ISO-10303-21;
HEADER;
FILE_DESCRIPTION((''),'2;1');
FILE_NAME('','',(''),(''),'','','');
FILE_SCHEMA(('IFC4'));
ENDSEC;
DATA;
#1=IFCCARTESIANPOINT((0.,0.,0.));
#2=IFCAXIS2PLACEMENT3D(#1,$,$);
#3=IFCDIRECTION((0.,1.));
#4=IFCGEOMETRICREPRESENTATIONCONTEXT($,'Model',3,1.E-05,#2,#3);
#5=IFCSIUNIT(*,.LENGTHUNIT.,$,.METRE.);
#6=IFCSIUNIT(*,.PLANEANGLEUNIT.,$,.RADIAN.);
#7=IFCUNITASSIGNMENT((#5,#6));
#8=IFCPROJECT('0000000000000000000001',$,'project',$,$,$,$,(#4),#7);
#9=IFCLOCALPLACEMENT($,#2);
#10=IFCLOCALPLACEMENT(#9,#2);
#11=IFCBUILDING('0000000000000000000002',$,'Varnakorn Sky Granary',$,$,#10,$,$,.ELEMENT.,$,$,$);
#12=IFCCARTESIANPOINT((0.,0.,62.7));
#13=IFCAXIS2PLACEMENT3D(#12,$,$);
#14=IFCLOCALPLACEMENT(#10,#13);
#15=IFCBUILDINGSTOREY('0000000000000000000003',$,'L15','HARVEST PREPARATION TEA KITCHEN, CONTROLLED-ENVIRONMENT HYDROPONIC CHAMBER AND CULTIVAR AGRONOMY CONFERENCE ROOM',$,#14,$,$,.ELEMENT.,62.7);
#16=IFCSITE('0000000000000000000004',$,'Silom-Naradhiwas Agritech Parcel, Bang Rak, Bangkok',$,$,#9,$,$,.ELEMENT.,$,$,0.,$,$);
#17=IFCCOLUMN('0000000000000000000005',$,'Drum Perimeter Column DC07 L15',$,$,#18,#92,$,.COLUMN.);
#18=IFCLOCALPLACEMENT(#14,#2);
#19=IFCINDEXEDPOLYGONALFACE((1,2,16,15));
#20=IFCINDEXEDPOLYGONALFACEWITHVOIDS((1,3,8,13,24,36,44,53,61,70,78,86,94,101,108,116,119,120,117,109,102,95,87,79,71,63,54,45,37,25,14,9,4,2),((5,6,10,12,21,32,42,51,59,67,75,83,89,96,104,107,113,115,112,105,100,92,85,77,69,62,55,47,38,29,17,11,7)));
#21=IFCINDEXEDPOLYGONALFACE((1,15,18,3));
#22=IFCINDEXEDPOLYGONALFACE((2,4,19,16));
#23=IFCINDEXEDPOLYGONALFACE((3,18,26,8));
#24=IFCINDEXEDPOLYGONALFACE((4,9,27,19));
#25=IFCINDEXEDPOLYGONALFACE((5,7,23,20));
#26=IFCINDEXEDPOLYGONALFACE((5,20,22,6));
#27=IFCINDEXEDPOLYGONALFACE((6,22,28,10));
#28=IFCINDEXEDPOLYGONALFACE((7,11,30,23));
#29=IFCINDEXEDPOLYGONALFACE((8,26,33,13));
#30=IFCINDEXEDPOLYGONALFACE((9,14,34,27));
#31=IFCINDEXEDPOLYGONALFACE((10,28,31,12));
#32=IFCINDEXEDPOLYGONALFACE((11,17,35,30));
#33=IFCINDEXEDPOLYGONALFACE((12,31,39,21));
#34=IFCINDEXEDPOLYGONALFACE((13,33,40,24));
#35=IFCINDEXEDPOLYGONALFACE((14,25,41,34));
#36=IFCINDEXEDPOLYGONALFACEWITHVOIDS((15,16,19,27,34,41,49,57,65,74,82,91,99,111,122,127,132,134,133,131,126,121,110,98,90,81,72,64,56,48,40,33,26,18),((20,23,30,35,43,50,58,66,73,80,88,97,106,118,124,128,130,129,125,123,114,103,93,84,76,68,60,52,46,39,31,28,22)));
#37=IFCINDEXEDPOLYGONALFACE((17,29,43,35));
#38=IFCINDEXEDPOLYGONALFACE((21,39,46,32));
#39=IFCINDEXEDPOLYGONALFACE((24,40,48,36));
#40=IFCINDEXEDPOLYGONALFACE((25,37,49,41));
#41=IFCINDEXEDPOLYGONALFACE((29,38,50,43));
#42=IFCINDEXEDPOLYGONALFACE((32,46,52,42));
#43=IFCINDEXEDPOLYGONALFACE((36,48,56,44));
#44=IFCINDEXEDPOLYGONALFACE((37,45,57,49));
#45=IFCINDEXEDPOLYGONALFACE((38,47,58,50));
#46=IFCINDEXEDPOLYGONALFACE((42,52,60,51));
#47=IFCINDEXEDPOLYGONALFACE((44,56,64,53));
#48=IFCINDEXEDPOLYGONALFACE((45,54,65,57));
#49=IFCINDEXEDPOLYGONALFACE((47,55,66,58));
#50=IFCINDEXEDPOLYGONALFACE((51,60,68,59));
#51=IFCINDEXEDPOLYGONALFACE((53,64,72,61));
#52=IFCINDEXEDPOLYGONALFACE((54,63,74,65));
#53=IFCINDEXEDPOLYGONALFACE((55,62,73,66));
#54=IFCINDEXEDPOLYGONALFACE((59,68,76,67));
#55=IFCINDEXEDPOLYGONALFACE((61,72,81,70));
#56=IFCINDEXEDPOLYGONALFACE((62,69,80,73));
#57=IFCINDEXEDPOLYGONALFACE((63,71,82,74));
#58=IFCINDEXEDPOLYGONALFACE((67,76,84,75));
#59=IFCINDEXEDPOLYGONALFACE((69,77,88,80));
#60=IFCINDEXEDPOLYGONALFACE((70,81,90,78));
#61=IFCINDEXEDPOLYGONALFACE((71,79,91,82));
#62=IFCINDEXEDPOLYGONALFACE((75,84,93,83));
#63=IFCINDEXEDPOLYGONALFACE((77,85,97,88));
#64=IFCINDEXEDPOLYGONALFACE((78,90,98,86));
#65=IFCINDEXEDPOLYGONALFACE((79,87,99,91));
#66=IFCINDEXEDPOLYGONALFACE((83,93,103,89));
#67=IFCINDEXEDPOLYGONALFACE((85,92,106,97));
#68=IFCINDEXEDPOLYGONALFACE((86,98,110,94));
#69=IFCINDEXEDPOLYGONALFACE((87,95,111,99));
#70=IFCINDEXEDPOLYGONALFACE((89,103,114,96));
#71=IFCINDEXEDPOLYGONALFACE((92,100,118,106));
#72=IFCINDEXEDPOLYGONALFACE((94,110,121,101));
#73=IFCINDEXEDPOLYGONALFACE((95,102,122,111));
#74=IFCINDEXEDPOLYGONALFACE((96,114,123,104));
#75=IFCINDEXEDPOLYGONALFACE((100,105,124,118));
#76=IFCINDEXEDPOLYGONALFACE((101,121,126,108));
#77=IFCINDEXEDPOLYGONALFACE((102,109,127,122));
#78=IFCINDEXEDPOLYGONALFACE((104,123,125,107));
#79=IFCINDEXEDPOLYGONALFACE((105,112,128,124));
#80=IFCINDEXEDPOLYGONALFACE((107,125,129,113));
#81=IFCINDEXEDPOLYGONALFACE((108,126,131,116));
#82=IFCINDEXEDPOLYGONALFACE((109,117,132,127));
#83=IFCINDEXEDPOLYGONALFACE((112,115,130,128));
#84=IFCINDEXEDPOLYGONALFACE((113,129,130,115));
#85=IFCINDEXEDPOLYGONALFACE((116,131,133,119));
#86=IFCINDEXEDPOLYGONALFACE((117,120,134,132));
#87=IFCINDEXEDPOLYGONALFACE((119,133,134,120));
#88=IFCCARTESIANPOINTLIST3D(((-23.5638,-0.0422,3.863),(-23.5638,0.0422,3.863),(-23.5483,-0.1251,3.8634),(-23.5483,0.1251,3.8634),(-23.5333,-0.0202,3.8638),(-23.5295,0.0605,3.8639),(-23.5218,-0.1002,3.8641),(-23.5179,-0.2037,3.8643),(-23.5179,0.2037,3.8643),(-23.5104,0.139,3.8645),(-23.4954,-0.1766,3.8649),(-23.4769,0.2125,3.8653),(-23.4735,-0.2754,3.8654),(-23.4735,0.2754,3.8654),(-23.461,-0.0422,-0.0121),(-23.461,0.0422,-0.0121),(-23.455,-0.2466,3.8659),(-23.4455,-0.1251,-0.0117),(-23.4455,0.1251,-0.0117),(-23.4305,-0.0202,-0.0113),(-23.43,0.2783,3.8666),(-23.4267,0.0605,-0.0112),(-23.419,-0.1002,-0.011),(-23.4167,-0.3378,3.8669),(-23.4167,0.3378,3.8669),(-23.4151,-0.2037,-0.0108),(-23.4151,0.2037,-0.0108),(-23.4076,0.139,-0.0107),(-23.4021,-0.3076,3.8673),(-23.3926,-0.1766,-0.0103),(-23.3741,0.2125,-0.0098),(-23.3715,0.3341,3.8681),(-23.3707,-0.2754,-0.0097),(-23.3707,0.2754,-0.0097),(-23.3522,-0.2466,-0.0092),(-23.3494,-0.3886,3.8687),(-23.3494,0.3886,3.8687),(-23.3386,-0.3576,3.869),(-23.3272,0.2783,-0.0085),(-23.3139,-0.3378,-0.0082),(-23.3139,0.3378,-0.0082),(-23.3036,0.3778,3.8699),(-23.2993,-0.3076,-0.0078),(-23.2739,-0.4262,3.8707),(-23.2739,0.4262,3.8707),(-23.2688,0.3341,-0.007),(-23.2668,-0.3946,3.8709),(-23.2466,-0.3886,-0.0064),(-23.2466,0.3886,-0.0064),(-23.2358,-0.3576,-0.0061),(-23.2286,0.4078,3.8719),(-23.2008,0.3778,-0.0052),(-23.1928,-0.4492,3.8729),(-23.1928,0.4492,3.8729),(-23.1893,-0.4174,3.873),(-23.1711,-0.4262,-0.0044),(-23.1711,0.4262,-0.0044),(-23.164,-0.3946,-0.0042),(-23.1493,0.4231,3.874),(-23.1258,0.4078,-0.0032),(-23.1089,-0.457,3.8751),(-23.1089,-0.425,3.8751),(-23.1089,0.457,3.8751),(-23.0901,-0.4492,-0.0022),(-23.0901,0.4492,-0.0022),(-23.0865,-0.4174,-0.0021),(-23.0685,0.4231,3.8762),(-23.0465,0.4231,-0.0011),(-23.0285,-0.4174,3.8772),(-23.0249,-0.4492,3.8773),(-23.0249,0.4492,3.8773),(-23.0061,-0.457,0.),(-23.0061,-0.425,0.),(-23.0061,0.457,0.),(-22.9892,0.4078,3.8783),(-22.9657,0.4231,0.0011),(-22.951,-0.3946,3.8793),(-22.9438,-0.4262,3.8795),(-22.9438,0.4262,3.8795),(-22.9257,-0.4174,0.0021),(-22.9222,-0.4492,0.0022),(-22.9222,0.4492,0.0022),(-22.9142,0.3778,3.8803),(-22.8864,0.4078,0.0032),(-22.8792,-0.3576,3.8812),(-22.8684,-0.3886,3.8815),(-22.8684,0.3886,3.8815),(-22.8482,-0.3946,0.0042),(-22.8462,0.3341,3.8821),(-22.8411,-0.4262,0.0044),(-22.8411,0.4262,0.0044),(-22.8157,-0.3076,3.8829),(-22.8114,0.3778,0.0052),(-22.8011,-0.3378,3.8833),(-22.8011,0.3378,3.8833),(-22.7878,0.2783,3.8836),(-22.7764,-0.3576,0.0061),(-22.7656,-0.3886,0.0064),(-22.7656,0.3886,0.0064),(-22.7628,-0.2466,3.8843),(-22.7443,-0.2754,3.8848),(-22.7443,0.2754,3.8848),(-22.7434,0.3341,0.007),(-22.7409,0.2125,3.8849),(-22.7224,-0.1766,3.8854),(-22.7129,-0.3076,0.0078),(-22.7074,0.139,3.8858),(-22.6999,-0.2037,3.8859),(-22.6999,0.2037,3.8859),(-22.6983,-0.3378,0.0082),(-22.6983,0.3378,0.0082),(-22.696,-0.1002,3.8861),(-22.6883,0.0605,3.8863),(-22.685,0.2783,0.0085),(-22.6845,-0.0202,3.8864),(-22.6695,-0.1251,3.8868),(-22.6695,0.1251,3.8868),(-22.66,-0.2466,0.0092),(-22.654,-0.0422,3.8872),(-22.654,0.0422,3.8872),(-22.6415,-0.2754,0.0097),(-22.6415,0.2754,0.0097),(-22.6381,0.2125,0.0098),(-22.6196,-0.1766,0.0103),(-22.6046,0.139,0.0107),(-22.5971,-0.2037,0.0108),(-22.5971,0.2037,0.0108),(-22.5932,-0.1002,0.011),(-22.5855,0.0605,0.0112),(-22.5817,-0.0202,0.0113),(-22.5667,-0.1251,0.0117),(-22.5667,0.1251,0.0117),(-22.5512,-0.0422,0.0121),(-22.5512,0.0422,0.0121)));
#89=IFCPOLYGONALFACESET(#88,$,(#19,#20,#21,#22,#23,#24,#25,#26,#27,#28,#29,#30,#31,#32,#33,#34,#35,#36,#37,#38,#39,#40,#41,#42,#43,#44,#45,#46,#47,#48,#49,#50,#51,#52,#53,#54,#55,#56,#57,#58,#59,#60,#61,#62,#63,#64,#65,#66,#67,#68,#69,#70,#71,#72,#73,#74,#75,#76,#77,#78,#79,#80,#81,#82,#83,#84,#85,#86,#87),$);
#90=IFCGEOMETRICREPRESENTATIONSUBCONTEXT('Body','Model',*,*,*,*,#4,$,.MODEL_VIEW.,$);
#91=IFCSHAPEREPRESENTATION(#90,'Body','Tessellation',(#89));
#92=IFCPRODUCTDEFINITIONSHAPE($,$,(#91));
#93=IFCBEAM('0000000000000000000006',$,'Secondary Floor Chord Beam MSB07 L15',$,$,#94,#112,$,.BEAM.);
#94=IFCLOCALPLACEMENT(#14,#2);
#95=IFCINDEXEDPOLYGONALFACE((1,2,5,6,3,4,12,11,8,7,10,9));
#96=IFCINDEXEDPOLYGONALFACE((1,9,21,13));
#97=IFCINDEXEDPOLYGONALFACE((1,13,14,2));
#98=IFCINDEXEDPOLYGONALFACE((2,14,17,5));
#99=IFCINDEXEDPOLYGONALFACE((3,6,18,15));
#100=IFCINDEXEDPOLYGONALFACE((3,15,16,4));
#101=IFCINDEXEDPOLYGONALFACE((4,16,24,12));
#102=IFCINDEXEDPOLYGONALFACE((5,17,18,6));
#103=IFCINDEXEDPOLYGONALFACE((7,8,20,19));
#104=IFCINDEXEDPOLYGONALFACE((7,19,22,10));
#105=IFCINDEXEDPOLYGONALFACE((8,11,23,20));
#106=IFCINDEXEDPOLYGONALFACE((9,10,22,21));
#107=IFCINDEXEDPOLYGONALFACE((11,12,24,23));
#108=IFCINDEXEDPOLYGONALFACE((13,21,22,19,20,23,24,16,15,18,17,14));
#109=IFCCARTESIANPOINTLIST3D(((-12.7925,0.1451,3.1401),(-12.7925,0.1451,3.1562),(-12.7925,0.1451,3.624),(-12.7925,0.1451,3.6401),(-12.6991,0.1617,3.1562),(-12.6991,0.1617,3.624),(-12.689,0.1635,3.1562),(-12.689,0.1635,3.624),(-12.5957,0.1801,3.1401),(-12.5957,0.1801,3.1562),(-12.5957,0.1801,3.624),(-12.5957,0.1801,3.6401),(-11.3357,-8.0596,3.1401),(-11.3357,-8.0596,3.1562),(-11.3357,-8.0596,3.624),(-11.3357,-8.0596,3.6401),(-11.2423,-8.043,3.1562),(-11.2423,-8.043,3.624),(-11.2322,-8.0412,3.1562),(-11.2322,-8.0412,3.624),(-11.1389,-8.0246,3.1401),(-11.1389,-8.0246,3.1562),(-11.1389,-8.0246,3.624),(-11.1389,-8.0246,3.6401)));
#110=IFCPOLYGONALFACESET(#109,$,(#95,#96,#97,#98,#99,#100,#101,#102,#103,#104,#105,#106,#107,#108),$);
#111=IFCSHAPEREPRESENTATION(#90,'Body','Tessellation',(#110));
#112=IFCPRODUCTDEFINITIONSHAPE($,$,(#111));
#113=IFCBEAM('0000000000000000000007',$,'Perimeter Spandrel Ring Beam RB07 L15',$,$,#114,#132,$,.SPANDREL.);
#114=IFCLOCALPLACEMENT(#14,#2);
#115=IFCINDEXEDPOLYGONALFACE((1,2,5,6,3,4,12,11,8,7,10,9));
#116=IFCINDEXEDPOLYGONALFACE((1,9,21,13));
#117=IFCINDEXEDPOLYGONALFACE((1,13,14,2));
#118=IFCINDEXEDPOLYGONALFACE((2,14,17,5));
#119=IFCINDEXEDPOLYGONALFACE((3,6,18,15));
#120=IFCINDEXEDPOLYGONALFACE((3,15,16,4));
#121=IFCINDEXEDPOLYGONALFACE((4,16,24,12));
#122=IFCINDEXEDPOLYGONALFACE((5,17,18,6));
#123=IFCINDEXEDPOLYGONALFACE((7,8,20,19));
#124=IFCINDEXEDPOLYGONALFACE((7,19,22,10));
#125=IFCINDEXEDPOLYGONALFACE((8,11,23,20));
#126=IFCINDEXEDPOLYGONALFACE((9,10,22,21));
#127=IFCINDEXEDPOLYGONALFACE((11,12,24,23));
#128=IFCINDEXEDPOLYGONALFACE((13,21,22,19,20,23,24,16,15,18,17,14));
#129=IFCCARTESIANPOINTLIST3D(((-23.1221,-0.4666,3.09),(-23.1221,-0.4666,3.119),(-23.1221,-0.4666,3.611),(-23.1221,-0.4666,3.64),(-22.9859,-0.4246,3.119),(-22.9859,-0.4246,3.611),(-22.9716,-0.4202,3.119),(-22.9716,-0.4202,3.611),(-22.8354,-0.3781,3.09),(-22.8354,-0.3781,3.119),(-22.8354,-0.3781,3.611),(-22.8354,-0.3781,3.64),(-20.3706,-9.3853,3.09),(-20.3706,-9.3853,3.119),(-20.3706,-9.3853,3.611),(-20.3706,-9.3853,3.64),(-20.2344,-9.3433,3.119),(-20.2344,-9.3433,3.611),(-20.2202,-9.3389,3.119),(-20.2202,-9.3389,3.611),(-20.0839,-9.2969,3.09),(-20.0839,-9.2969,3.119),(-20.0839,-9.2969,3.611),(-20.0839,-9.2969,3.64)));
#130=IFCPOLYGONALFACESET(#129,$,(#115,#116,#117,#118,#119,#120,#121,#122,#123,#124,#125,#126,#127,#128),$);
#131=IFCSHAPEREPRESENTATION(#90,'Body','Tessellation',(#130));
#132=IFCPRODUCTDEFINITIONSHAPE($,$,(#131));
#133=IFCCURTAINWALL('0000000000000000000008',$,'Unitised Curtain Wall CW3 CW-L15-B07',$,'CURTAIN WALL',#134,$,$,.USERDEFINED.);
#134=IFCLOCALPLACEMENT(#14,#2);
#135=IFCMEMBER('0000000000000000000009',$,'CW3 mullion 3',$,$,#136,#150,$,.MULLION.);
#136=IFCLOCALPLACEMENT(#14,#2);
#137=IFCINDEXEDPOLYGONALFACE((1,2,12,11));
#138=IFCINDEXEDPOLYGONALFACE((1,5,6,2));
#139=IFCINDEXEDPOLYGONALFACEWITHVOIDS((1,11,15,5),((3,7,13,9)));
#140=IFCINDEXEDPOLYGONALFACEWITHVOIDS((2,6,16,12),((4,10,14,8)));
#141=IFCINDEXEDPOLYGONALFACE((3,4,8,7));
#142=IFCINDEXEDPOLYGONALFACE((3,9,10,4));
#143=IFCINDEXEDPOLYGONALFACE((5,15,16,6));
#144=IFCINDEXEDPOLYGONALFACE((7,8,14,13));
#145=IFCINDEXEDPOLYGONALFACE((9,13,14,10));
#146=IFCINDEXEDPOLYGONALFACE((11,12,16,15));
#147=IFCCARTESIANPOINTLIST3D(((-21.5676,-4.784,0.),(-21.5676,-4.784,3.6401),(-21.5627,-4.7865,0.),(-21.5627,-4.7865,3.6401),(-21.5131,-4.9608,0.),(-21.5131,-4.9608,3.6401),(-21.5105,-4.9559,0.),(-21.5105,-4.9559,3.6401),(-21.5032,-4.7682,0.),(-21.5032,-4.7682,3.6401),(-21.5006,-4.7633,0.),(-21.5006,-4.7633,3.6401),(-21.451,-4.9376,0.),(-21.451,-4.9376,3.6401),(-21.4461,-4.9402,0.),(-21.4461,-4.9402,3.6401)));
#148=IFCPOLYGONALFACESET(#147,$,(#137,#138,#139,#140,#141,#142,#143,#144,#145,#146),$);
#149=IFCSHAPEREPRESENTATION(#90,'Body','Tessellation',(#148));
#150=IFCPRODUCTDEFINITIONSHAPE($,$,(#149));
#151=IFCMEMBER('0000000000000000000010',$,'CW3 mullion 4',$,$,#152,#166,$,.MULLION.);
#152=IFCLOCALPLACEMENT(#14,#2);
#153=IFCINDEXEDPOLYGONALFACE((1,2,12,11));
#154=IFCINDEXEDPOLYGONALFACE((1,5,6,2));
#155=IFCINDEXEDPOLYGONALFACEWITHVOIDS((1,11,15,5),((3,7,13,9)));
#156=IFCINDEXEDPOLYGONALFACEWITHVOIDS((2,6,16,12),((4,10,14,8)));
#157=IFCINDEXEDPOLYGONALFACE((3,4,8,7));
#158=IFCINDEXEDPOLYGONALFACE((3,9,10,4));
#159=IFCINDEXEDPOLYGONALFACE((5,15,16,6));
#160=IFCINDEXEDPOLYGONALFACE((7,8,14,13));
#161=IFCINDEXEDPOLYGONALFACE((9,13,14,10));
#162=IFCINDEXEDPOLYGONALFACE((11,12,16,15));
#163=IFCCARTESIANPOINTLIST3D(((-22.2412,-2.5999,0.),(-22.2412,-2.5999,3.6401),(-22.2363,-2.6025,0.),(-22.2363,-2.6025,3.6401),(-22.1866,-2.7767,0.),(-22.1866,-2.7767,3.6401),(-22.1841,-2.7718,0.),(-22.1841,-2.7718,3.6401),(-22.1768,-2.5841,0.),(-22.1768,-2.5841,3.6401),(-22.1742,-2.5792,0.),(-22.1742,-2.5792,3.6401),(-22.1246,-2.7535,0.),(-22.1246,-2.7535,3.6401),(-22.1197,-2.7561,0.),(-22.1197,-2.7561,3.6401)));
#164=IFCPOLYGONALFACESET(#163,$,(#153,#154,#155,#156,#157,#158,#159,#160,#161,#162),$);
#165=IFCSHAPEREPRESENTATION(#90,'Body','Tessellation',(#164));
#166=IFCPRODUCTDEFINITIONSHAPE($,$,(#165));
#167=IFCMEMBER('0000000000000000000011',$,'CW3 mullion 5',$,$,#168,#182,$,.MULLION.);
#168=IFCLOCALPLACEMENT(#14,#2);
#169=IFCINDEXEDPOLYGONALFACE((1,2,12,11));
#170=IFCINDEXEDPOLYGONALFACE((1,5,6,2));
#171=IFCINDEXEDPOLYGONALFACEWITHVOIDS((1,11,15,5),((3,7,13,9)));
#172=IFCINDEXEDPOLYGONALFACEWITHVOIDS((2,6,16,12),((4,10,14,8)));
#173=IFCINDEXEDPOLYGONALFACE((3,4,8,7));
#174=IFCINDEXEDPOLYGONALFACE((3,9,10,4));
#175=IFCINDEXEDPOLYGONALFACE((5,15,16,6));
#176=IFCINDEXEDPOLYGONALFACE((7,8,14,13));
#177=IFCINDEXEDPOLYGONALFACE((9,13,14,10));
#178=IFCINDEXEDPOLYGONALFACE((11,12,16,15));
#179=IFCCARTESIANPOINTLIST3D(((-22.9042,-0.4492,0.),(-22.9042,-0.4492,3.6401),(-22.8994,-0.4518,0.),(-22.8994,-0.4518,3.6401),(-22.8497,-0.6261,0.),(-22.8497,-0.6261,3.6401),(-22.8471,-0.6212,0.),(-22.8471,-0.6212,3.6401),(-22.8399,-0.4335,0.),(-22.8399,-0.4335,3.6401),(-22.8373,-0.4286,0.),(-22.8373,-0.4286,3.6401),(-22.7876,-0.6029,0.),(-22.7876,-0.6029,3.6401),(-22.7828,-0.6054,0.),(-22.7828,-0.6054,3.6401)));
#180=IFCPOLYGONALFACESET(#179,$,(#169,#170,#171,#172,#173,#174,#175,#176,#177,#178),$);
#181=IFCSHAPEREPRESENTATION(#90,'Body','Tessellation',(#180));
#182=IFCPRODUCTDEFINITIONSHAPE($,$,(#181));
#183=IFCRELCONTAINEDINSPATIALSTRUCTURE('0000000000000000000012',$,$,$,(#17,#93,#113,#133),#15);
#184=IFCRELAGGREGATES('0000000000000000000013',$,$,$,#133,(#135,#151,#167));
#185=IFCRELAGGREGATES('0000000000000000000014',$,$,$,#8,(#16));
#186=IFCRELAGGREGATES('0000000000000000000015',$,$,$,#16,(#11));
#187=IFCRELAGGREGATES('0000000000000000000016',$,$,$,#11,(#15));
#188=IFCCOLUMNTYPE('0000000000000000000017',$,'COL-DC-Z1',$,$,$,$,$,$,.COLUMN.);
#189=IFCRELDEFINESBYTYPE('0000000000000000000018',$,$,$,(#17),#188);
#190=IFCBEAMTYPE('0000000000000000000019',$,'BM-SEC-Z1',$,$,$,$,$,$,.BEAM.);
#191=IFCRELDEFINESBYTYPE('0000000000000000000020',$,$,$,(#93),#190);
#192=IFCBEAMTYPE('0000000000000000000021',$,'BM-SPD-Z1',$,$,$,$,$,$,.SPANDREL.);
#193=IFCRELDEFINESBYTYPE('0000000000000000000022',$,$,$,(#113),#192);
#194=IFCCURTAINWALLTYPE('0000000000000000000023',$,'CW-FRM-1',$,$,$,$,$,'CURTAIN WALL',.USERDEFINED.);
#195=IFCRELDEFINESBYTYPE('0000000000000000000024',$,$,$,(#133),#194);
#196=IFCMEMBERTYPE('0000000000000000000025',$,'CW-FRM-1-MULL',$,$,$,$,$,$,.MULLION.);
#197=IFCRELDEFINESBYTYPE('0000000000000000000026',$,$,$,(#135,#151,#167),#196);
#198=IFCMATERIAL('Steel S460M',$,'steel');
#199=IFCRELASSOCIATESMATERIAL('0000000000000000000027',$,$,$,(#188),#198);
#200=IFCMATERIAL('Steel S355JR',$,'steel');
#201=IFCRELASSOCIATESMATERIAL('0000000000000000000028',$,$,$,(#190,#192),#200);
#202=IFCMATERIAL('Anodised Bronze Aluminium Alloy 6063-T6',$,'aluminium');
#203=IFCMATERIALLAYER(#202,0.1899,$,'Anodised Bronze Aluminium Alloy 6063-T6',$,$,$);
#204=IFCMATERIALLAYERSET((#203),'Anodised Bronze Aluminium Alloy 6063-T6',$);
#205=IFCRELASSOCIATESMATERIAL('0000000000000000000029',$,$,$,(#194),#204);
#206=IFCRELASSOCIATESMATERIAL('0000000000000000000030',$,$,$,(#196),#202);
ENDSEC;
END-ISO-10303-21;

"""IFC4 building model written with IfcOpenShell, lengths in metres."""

from ifc_helpers import new_model, si_unit, direction, frame, origin, origin_2d, place, context, subcontext, project, spatial, hollow_rectangle, hollow_circle, i_section, extrude, material, layer, layer_set, material_profile, profile_set, type_object, element, aggregate, save


model = new_model("IFC4")

# Units and contexts
model_context = context("Model", 3, precision=1e-05, world=origin(), true_north=direction((0.0, 1.0)))
body_context = subcontext(model_context, "Body", "Model", "MODEL_VIEW")
ifc_project = project(units=[si_unit("LENGTHUNIT", "METRE"), si_unit("PLANEANGLEUNIT", "RADIAN")], contexts=[model_context])

# Site, building, storey
site_placement = place(None, origin())
site = spatial("IfcSite", under=ifc_project, at=site_placement, Name="Silom-Naradhiwas Agritech Parcel, Bang Rak, Bangkok", CompositionType="ELEMENT", RefElevation=0.0)
building_placement = place(site_placement, origin())
building = spatial("IfcBuilding", under=site, at=building_placement, Name="Varnakorn Sky Granary", CompositionType="ELEMENT")
storey_placement = place(building_placement, frame((0.0, 0.0, 62.7)))
storey = spatial("IfcBuildingStorey", under=building, at=storey_placement, Name="L15", Description="HARVEST PREPARATION TEA KITCHEN, CONTROLLED-ENVIRONMENT HYDROPONIC CHAMBER AND CULTIVAR AGRONOMY CONFERENCE ROOM", CompositionType="ELEMENT", Elevation=62.7)

# Column
ifc_material_1 = material(Name="Steel S460M", Category="steel")
ifc_material_profile_1 = material_profile(ifc_material_1, hollow_circle(Radius=0.457, WallThickness=0.032, at=origin_2d()), Name="CHS 914x32")
ifc_profile_set_1 = profile_set([ifc_material_profile_1], Name="Steel S460M")
column_type = type_object("IfcColumnType", Name="COL-DC-Z1", PredefinedType="COLUMN", material=ifc_profile_set_1)
column_placement = place(storey_placement, frame((-23.0061, 0.0, 0.0), z_axis=(-0.026515, 0.0, 0.999648), x_axis=(0.0, -1.0, 0.0)))
element("IfcColumn", 1, at=column_placement, inside=storey, type_object=column_type, Name="Drum Perimeter Column DC07 L15", PredefinedType="COLUMN", context=body_context, shape_type="SweptSolid", body=[
    extrude(hollow_circle(Radius=0.457, WallThickness=0.032, at=origin_2d()), origin(), (0.0, 0.0, 1.0), 3.8765),
])

# Beams
ifc_material_2 = material(Name="Steel S355JR", Category="steel")
ifc_material_profile_2 = material_profile(ifc_material_2, i_section(OverallWidth=0.2, OverallDepth=0.5, WebThickness=0.0103, FlangeThickness=0.0161, at=origin_2d()), Name="IPE 500")
ifc_profile_set_2 = profile_set([ifc_material_profile_2], Name="Steel S355JR")
beam_type_1 = type_object("IfcBeamType", Name="BM-SEC-Z1", PredefinedType="BEAM", material=ifc_profile_set_2)
beam_1_placement = place(storey_placement, frame((-12.6941, 0.1626, 3.3901), z_axis=(0.174823, -0.9846, 0.0), x_axis=(0.9846, 0.174823, 0.0)))
element("IfcBeam", 2, at=beam_1_placement, inside=storey, type_object=beam_type_1, Name="Secondary Floor Chord Beam MSB07 L15", PredefinedType="BEAM", context=body_context, shape_type="SweptSolid", body=[
    extrude(i_section(OverallWidth=0.2, OverallDepth=0.5, WebThickness=0.0103, FlangeThickness=0.0161, at=origin_2d()), origin(), (0.0, 0.0, 1.0), 8.333),
])
ifc_material_profile_3 = material_profile(ifc_material_2, i_section(OverallWidth=0.3, OverallDepth=0.55, WebThickness=0.0149, FlangeThickness=0.0291, at=origin_2d()), Name="HE 550 B")
ifc_profile_set_3 = profile_set([ifc_material_profile_3], Name="Steel S355JR")
beam_type_2 = type_object("IfcBeamType", Name="BM-SPD-Z1", PredefinedType="SPANDREL", material=ifc_profile_set_3)
beam_2_placement = place(storey_placement, frame((-22.9788, -0.4224, 3.365), z_axis=(0.294795, -0.95556, 0.0), x_axis=(0.95556, 0.294795, 0.0)))
element("IfcBeam", 3, at=beam_2_placement, inside=storey, type_object=beam_type_2, Name="Perimeter Spandrel Ring Beam RB07 L15", PredefinedType="SPANDREL", context=body_context, shape_type="SweptSolid", body=[
    extrude(i_section(OverallWidth=0.3, OverallDepth=0.55, WebThickness=0.0149, FlangeThickness=0.0291, at=origin_2d()), origin(), (0.0, 0.0, 1.0), 9.3335),
])

# Curtain wall, members
ifc_material_3 = material(Name="Anodised Bronze Aluminium Alloy 6063-T6", Category="aluminium")
ifc_layer_1 = layer(ifc_material_3, 0.1899, Name="Anodised Bronze Aluminium Alloy 6063-T6")
ifc_layer_set_1 = layer_set([ifc_layer_1], Name="Anodised Bronze Aluminium Alloy 6063-T6")
curtain_wall_type = type_object("IfcCurtainWallType", Name="CW-FRM-1", ElementType="CURTAIN WALL", PredefinedType="USERDEFINED", material=ifc_layer_set_1)
curtain_wall_placement = place(storey_placement, origin())
curtain_wall = element("IfcCurtainWall", 4, at=curtain_wall_placement, inside=storey, type_object=curtain_wall_type, Name="Unitised Curtain Wall CW3 CW-L15-B07", ObjectType="CURTAIN WALL", PredefinedType="USERDEFINED")
ifc_material_profile_4 = material_profile(ifc_material_3, hollow_rectangle(XDim=0.0701, YDim=0.1851, WallThickness=0.0039, at=origin_2d()), Name="ALU MULL 70x185")
ifc_profile_set_4 = profile_set([ifc_material_profile_4], Name="Anodised Bronze Aluminium Alloy 6063-T6")
member_type_1 = type_object("IfcMemberType", Name="CW-FRM-1-MULL", PredefinedType="MULLION", material=ifc_profile_set_4)
member_1_placement = place(storey_placement, frame((-21.5068, -4.8621, 0.0), z_axis=(0.0, 0.0, 1.0), x_axis=(-0.955607, -0.294645, 0.0)))
member_1 = element("IfcMember", 5, at=member_1_placement, type_object=member_type_1, Name="CW3 mullion 3", PredefinedType="MULLION", context=body_context, shape_type="SweptSolid", body=[
    extrude(hollow_rectangle(XDim=0.0701, YDim=0.1851, WallThickness=0.0039, at=origin_2d()), origin(), (0.0, 0.0, 1.0), 3.6401),
])
member_2_placement = place(storey_placement, frame((-22.1804, -2.678, 0.0), z_axis=(0.0, 0.0, 1.0), x_axis=(-0.955607, -0.294645, 0.0)))
member_2 = element("IfcMember", 6, at=member_2_placement, type_object=member_type_1, Name="CW3 mullion 4", PredefinedType="MULLION", context=body_context, shape_type="SweptSolid", body=[
    extrude(hollow_rectangle(XDim=0.0701, YDim=0.1851, WallThickness=0.0039, at=origin_2d()), origin(), (0.0, 0.0, 1.0), 3.6401),
])
member_3_placement = place(storey_placement, frame((-22.8435, -0.5273, 0.0), z_axis=(0.0, 0.0, 1.0), x_axis=(-0.955607, -0.294645, 0.0)))
member_3 = element("IfcMember", 7, at=member_3_placement, type_object=member_type_1, Name="CW3 mullion 5", PredefinedType="MULLION", context=body_context, shape_type="SweptSolid", body=[
    extrude(hollow_rectangle(XDim=0.0701, YDim=0.1851, WallThickness=0.0039, at=origin_2d()), origin(), (0.0, 0.0, 1.0), 3.6401),
])

aggregate(curtain_wall, [member_1, member_2, member_3])

save(model, "model.ifc")
